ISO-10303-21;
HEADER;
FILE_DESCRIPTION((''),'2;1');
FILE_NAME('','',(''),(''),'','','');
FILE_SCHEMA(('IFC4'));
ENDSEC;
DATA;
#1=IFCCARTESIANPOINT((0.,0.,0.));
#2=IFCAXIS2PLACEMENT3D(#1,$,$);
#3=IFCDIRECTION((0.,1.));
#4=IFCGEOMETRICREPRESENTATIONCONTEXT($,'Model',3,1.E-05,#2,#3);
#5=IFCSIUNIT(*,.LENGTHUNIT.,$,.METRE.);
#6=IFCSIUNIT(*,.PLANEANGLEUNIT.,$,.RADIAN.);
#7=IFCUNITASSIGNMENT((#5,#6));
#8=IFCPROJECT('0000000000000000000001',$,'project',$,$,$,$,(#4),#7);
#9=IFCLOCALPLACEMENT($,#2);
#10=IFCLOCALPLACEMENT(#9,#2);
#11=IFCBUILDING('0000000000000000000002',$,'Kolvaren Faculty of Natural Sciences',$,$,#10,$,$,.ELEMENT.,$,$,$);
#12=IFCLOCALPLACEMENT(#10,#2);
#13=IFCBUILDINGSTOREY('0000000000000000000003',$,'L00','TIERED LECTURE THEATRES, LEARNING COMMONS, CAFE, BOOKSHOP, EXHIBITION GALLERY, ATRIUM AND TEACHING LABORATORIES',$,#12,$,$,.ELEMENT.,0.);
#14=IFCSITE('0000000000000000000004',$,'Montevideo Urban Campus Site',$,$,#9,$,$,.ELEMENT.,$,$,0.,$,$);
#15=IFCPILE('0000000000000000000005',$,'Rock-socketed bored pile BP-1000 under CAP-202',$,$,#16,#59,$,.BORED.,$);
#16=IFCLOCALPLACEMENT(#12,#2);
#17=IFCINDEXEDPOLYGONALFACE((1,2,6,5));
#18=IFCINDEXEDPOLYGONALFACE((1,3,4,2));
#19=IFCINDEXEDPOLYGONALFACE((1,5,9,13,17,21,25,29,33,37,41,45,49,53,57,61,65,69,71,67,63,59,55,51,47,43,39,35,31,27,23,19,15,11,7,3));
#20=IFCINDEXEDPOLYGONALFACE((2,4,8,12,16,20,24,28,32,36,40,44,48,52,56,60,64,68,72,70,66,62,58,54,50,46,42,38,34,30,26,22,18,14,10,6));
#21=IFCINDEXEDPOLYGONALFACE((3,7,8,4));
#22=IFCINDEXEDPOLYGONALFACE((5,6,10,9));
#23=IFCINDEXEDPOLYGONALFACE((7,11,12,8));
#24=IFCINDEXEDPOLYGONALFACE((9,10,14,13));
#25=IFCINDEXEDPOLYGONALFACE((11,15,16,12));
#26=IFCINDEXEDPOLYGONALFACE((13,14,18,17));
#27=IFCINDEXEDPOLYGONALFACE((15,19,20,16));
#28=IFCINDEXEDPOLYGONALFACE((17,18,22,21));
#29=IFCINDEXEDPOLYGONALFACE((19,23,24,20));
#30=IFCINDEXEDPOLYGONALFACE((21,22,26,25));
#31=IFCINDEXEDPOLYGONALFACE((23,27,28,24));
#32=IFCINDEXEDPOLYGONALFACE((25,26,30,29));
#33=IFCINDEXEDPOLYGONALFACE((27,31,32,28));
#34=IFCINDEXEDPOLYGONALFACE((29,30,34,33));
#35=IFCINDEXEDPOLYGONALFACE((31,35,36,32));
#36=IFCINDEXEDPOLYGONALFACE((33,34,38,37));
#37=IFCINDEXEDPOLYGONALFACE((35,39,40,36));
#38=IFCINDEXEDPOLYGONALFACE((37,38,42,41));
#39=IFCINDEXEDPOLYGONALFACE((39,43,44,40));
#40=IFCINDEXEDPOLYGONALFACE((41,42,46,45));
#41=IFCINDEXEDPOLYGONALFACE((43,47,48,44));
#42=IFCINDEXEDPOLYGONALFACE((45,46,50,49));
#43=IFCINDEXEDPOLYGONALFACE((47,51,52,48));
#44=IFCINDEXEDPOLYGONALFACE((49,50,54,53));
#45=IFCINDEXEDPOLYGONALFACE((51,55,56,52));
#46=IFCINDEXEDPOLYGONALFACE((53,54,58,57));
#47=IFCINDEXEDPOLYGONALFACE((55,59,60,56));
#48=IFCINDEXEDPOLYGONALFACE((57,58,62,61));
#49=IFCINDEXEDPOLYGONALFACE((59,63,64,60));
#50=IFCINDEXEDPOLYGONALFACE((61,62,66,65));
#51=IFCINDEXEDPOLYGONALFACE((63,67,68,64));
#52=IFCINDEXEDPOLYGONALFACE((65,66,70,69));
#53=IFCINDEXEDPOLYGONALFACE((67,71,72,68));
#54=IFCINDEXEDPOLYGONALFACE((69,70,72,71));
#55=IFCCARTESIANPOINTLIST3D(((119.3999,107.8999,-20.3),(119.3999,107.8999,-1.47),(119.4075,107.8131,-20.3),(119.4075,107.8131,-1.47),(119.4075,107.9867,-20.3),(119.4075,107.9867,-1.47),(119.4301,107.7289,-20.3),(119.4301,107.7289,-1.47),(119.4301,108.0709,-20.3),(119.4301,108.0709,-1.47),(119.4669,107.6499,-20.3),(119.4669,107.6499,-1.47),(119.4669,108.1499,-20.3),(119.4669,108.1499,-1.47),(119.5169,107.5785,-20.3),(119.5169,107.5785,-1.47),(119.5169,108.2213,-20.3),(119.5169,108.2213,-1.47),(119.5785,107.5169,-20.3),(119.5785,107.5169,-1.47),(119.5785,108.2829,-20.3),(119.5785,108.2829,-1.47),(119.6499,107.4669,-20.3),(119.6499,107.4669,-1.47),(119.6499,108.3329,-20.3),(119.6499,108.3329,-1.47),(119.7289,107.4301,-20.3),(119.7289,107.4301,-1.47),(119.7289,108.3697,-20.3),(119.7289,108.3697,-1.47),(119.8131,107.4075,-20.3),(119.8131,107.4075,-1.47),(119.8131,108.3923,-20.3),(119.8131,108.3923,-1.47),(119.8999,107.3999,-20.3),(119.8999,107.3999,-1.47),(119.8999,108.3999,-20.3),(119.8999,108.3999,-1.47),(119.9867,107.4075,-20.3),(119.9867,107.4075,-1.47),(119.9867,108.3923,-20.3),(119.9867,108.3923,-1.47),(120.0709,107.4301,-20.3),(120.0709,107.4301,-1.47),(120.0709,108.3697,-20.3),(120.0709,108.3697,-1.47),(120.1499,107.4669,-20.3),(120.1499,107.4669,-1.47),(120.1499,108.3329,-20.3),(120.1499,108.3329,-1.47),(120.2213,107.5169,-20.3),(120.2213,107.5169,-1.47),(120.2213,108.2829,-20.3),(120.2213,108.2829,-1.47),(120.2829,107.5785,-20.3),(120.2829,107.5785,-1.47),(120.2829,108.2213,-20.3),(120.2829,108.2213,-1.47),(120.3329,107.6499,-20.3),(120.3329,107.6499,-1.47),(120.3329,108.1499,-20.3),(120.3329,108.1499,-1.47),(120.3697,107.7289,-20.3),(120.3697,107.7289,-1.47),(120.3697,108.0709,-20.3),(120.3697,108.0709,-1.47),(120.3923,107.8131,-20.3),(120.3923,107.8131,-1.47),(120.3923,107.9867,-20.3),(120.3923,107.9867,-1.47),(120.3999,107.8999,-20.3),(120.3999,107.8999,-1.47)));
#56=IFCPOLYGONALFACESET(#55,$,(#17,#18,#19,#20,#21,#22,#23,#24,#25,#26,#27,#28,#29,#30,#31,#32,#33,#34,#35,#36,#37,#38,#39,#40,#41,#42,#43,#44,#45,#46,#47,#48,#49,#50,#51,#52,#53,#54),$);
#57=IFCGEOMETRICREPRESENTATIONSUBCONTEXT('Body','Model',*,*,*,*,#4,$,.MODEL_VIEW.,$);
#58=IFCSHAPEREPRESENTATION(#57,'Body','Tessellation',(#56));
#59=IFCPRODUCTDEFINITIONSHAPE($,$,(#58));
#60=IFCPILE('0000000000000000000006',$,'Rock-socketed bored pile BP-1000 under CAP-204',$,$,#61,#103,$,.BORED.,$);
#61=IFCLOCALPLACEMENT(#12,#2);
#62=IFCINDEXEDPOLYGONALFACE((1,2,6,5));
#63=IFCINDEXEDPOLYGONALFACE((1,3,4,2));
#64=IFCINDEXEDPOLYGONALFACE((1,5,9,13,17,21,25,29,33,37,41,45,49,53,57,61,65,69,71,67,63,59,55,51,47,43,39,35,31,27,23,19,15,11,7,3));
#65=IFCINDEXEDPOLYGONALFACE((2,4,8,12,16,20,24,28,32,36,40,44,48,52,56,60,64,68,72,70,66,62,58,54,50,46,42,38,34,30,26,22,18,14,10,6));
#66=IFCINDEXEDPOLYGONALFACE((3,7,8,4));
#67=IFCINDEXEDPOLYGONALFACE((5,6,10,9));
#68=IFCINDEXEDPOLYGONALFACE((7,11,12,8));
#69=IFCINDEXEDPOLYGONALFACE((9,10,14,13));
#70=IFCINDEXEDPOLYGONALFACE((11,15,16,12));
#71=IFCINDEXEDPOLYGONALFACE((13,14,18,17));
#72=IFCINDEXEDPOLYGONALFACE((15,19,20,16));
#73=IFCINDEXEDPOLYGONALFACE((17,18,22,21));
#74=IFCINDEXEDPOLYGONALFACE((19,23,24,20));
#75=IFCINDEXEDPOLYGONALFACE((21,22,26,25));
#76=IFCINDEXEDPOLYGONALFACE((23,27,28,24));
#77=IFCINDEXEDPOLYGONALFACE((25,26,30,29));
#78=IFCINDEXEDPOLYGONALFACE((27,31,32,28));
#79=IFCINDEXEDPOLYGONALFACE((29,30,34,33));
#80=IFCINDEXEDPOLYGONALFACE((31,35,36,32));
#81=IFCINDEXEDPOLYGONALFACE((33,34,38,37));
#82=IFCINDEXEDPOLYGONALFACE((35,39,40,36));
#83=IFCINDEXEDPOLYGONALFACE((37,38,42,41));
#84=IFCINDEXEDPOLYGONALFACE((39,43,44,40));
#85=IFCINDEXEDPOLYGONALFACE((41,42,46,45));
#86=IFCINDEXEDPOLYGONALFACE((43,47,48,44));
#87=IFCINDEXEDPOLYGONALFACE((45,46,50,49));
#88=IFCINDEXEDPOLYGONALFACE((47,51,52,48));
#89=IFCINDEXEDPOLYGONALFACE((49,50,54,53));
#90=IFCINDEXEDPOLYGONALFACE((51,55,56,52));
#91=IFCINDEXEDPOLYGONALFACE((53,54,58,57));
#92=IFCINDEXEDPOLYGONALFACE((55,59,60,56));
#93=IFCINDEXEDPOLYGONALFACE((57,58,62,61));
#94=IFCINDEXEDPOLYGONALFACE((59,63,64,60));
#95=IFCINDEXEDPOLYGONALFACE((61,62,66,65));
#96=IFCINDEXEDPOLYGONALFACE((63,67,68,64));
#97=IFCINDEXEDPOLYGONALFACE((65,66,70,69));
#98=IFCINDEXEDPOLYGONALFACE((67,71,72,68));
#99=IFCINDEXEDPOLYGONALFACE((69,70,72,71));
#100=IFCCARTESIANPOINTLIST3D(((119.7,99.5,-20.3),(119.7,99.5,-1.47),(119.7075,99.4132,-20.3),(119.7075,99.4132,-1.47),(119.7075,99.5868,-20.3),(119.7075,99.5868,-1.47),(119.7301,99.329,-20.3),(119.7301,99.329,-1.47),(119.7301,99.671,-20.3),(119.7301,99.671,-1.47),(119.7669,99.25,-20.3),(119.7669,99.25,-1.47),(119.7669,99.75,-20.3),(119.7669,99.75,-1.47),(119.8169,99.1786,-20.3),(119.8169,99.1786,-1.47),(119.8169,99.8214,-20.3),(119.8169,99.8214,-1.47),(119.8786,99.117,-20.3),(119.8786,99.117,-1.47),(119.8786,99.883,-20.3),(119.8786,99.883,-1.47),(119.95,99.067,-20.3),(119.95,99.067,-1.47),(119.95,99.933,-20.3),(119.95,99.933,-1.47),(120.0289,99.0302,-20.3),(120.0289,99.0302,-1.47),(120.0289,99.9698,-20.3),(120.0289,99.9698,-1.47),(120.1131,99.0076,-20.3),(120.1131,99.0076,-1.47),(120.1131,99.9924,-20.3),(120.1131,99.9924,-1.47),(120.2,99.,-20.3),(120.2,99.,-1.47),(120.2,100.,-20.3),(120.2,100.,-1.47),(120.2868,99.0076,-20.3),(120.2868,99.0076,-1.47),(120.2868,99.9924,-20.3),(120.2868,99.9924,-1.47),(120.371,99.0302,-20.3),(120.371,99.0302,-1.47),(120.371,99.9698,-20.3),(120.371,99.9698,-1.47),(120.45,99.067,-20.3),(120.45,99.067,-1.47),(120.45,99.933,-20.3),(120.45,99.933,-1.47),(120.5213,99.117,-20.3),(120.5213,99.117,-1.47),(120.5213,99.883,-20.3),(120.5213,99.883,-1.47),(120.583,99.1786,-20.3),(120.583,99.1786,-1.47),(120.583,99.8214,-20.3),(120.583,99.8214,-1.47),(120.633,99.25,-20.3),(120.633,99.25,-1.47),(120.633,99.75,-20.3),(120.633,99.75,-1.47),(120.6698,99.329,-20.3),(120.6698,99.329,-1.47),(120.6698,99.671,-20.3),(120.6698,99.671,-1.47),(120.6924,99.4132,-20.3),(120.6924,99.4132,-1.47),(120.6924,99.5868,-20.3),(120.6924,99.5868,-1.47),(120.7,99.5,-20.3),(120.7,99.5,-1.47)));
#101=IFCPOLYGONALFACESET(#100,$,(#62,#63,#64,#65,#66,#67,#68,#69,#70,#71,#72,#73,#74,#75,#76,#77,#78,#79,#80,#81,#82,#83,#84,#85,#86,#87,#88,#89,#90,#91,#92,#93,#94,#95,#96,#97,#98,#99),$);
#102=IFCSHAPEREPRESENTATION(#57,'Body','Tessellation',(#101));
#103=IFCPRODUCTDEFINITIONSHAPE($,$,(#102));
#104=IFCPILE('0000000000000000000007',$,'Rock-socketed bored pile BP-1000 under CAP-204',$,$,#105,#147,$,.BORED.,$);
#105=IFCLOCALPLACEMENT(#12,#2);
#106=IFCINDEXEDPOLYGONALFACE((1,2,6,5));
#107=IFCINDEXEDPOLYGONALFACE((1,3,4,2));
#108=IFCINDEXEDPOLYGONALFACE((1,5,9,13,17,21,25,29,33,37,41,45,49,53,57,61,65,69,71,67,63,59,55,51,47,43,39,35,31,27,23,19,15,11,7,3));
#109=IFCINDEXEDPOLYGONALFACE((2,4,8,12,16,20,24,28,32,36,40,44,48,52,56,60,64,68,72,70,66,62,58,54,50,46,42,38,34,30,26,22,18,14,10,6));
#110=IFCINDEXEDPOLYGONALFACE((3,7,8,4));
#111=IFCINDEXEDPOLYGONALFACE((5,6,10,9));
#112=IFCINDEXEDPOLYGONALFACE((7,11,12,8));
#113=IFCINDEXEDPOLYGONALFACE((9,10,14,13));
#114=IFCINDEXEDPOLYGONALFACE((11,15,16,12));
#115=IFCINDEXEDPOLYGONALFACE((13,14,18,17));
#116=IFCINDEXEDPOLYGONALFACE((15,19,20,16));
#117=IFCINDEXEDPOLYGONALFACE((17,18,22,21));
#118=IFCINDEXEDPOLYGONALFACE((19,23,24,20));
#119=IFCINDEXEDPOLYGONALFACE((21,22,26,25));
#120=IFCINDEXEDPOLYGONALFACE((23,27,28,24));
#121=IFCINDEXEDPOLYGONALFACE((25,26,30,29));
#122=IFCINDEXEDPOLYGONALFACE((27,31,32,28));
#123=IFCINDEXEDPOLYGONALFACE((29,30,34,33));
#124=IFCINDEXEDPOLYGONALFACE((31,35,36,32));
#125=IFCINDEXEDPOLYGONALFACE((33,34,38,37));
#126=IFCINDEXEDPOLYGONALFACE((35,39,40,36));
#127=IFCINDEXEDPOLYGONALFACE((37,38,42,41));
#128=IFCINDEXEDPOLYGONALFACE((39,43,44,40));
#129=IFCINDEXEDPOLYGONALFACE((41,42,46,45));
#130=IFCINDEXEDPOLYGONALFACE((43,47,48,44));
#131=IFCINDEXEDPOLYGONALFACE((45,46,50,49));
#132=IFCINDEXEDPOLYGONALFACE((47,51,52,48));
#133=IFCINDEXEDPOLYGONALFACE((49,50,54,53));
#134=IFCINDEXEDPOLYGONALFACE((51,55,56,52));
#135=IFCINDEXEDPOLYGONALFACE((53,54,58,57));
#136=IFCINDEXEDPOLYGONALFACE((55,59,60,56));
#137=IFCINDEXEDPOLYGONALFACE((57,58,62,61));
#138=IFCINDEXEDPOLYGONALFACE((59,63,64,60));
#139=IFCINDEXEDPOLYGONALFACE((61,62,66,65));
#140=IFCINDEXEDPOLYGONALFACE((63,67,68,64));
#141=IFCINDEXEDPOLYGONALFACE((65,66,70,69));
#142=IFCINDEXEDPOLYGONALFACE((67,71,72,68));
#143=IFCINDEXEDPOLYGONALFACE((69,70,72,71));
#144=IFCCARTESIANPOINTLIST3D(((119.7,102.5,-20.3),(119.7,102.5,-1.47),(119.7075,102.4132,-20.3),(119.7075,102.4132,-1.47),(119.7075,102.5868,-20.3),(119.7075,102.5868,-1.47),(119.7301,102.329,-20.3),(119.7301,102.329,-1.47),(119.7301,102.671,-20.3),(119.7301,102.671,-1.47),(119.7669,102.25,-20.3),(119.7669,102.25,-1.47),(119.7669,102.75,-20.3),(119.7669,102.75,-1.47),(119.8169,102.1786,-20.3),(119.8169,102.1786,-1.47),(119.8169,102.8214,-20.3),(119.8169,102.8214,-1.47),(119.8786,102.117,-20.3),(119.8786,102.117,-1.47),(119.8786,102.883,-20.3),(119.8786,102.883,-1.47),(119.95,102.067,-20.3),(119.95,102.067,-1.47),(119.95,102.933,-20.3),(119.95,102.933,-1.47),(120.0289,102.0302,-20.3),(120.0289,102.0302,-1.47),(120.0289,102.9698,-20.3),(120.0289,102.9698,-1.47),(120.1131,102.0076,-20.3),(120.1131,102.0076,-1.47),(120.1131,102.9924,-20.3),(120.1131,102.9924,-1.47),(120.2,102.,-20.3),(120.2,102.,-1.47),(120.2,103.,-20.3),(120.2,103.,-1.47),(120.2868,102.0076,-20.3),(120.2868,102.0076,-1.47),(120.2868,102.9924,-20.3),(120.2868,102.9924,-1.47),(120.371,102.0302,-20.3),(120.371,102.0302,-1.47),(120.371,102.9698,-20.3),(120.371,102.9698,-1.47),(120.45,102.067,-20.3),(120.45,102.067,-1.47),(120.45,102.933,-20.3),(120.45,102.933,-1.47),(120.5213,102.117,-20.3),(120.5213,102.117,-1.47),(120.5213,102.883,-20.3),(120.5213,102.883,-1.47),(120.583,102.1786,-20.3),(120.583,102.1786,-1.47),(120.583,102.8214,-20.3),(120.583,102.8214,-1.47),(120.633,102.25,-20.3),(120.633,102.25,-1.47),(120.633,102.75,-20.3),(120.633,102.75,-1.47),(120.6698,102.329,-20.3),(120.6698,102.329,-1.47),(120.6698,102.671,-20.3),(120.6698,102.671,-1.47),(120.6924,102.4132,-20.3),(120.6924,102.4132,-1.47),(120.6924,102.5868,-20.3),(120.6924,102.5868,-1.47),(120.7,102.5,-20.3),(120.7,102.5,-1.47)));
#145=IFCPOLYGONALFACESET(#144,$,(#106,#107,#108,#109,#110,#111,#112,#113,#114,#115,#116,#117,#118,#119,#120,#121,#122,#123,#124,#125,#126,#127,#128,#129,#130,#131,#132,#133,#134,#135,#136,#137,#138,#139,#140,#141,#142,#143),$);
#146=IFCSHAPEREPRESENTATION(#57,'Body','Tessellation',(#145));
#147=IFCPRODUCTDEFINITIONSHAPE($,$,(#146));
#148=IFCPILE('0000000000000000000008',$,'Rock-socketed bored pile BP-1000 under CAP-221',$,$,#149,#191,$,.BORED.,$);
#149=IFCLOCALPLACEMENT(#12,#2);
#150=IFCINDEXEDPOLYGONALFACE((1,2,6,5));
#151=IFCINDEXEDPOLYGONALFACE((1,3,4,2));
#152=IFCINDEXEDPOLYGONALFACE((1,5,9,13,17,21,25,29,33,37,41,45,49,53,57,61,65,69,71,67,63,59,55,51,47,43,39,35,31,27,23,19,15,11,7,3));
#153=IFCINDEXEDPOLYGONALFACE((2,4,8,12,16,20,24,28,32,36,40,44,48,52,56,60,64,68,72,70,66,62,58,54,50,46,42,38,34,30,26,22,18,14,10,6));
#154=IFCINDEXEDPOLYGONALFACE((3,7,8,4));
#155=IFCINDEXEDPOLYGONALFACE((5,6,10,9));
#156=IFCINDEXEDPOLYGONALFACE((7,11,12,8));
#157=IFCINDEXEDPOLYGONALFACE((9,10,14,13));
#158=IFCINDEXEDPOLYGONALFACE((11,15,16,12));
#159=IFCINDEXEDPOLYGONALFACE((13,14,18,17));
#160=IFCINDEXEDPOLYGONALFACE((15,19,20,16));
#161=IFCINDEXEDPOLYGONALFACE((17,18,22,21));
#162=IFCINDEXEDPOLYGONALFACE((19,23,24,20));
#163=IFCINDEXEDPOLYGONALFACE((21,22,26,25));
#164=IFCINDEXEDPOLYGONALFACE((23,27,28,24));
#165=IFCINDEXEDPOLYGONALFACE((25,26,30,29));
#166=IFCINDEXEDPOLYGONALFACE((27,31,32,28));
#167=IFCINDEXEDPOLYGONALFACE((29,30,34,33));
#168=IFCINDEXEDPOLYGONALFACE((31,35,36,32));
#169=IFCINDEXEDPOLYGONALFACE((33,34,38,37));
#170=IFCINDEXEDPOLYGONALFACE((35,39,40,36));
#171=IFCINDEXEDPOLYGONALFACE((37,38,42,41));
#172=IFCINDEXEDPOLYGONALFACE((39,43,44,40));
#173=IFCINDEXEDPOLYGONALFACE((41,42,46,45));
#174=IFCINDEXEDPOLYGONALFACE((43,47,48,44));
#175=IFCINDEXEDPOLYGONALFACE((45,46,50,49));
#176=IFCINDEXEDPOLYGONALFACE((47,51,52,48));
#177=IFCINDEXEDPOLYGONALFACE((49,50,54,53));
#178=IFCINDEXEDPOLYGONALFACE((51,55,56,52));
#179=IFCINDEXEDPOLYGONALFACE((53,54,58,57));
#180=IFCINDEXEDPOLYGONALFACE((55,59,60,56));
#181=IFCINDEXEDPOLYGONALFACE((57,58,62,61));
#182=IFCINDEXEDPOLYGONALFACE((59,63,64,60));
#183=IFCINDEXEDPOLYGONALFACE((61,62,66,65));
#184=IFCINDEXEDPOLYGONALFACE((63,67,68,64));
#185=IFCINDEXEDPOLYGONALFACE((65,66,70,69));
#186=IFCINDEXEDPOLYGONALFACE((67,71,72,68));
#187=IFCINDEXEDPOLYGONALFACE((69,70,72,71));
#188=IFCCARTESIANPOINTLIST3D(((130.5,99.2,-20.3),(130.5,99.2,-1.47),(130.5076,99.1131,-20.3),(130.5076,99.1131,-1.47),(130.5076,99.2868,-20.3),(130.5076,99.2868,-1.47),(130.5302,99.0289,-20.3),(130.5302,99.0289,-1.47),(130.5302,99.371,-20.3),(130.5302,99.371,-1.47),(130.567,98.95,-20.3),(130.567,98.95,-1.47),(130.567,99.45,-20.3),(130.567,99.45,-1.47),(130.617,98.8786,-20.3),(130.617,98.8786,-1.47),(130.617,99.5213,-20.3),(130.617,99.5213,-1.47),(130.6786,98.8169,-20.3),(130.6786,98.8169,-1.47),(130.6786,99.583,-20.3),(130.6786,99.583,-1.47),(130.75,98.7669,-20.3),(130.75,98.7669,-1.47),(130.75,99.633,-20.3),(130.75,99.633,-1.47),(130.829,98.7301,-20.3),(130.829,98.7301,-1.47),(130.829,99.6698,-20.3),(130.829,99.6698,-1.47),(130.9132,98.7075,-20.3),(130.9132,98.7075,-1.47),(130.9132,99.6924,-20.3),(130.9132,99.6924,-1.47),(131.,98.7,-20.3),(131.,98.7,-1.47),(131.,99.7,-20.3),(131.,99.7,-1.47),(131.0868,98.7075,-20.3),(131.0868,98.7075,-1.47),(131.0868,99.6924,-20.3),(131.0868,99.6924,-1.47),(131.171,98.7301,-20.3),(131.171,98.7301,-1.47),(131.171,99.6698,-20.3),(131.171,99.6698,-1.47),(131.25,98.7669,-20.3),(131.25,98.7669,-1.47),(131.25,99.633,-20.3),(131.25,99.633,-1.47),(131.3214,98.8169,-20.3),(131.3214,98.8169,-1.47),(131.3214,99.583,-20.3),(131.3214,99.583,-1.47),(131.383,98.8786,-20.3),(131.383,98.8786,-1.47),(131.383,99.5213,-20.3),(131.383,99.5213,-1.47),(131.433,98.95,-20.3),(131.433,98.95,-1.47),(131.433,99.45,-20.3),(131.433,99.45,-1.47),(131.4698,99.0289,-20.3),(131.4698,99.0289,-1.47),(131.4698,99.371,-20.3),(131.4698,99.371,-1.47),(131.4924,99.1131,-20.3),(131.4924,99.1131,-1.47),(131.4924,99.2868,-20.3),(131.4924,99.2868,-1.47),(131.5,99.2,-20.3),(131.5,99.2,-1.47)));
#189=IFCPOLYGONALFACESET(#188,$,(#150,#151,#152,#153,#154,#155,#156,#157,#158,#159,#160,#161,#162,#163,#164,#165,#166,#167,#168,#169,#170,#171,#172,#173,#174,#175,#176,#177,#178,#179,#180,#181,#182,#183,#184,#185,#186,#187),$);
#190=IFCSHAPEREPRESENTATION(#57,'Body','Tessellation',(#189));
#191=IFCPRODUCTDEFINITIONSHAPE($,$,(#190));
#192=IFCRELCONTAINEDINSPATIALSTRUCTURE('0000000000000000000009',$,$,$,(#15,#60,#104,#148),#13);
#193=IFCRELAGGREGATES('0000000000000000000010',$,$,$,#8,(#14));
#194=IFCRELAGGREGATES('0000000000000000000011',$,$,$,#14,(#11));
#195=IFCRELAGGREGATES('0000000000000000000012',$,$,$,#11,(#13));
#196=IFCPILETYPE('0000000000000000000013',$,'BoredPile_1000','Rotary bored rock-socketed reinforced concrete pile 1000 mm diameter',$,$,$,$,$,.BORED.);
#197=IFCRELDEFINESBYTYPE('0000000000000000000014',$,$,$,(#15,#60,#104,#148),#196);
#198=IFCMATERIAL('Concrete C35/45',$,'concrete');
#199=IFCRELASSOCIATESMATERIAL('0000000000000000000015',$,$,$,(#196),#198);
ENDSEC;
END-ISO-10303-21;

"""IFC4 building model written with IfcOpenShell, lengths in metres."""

from ifc_helpers import new_model, si_unit, direction, frame, origin, origin_2d, place, context, subcontext, project, spatial, circle, extrude, material, material_profile, profile_set, type_object, element, save


model = new_model("IFC4")

# Units and contexts
model_context = context("Model", 3, precision=1e-05, world=origin(), true_north=direction((0.0, 1.0)))
body_context = subcontext(model_context, "Body", "Model", "MODEL_VIEW")
ifc_project = project(units=[si_unit("LENGTHUNIT", "METRE"), si_unit("PLANEANGLEUNIT", "RADIAN")], contexts=[model_context])

# Site, building, storey
site_placement = place(None, origin())
site = spatial("IfcSite", under=ifc_project, at=site_placement, Name="Montevideo Urban Campus Site", CompositionType="ELEMENT", RefElevation=0.0)
building_placement = place(site_placement, origin())
building = spatial("IfcBuilding", under=site, at=building_placement, Name="Kolvaren Faculty of Natural Sciences", CompositionType="ELEMENT")
storey_placement = place(building_placement, origin())
storey = spatial("IfcBuildingStorey", under=building, at=storey_placement, Name="L00", Description="TIERED LECTURE THEATRES, LEARNING COMMONS, CAFE, BOOKSHOP, EXHIBITION GALLERY, ATRIUM AND TEACHING LABORATORIES", CompositionType="ELEMENT", Elevation=0.0)

# Piles
ifc_material_1 = material(Name="Concrete C35/45", Category="concrete")
ifc_material_profile_1 = material_profile(ifc_material_1, circle(Radius=0.5, at=origin_2d()), Name="PILE D1000")
ifc_profile_set_1 = profile_set([ifc_material_profile_1], Name="Concrete C35/45")
pile_type = type_object("IfcPileType", Name="BoredPile_1000", Description="Rotary bored rock-socketed reinforced concrete pile 1000 mm diameter", PredefinedType="BORED", material=ifc_profile_set_1)
for number, where, z_axis, x_axis, name in (
    (1, (119.8999, 107.8999, -1.47), (0.0, 0.0, -1.0), (1.0, 0.0, 0.0), "Rock-socketed bored pile BP-1000 under CAP-202"),
    (2, (120.2, 99.5, -1.47), (0.0, 0.0, -1.0), (1.0, 0.0, 0.0), "Rock-socketed bored pile BP-1000 under CAP-204"),
    (3, (120.2, 102.5, -1.47), (0.0, 0.0, -1.0), (1.0, 0.0, 0.0), "Rock-socketed bored pile BP-1000 under CAP-204"),
    (4, (131.0, 99.2, -1.47), (0.0, 0.0, -1.0), (1.0, 0.0, 0.0), "Rock-socketed bored pile BP-1000 under CAP-221"),
):
    element("IfcPile", number, at=place(storey_placement, frame(where, z_axis=z_axis, x_axis=x_axis)), inside=storey, type_object=pile_type, Name=name, PredefinedType="BORED", context=body_context, shape_type="SweptSolid", body=[
        extrude(circle(Radius=0.5, at=origin_2d()), origin(), (0.0, 0.0, 1.0), 18.8301),
    ])

save(model, "model.ifc")
